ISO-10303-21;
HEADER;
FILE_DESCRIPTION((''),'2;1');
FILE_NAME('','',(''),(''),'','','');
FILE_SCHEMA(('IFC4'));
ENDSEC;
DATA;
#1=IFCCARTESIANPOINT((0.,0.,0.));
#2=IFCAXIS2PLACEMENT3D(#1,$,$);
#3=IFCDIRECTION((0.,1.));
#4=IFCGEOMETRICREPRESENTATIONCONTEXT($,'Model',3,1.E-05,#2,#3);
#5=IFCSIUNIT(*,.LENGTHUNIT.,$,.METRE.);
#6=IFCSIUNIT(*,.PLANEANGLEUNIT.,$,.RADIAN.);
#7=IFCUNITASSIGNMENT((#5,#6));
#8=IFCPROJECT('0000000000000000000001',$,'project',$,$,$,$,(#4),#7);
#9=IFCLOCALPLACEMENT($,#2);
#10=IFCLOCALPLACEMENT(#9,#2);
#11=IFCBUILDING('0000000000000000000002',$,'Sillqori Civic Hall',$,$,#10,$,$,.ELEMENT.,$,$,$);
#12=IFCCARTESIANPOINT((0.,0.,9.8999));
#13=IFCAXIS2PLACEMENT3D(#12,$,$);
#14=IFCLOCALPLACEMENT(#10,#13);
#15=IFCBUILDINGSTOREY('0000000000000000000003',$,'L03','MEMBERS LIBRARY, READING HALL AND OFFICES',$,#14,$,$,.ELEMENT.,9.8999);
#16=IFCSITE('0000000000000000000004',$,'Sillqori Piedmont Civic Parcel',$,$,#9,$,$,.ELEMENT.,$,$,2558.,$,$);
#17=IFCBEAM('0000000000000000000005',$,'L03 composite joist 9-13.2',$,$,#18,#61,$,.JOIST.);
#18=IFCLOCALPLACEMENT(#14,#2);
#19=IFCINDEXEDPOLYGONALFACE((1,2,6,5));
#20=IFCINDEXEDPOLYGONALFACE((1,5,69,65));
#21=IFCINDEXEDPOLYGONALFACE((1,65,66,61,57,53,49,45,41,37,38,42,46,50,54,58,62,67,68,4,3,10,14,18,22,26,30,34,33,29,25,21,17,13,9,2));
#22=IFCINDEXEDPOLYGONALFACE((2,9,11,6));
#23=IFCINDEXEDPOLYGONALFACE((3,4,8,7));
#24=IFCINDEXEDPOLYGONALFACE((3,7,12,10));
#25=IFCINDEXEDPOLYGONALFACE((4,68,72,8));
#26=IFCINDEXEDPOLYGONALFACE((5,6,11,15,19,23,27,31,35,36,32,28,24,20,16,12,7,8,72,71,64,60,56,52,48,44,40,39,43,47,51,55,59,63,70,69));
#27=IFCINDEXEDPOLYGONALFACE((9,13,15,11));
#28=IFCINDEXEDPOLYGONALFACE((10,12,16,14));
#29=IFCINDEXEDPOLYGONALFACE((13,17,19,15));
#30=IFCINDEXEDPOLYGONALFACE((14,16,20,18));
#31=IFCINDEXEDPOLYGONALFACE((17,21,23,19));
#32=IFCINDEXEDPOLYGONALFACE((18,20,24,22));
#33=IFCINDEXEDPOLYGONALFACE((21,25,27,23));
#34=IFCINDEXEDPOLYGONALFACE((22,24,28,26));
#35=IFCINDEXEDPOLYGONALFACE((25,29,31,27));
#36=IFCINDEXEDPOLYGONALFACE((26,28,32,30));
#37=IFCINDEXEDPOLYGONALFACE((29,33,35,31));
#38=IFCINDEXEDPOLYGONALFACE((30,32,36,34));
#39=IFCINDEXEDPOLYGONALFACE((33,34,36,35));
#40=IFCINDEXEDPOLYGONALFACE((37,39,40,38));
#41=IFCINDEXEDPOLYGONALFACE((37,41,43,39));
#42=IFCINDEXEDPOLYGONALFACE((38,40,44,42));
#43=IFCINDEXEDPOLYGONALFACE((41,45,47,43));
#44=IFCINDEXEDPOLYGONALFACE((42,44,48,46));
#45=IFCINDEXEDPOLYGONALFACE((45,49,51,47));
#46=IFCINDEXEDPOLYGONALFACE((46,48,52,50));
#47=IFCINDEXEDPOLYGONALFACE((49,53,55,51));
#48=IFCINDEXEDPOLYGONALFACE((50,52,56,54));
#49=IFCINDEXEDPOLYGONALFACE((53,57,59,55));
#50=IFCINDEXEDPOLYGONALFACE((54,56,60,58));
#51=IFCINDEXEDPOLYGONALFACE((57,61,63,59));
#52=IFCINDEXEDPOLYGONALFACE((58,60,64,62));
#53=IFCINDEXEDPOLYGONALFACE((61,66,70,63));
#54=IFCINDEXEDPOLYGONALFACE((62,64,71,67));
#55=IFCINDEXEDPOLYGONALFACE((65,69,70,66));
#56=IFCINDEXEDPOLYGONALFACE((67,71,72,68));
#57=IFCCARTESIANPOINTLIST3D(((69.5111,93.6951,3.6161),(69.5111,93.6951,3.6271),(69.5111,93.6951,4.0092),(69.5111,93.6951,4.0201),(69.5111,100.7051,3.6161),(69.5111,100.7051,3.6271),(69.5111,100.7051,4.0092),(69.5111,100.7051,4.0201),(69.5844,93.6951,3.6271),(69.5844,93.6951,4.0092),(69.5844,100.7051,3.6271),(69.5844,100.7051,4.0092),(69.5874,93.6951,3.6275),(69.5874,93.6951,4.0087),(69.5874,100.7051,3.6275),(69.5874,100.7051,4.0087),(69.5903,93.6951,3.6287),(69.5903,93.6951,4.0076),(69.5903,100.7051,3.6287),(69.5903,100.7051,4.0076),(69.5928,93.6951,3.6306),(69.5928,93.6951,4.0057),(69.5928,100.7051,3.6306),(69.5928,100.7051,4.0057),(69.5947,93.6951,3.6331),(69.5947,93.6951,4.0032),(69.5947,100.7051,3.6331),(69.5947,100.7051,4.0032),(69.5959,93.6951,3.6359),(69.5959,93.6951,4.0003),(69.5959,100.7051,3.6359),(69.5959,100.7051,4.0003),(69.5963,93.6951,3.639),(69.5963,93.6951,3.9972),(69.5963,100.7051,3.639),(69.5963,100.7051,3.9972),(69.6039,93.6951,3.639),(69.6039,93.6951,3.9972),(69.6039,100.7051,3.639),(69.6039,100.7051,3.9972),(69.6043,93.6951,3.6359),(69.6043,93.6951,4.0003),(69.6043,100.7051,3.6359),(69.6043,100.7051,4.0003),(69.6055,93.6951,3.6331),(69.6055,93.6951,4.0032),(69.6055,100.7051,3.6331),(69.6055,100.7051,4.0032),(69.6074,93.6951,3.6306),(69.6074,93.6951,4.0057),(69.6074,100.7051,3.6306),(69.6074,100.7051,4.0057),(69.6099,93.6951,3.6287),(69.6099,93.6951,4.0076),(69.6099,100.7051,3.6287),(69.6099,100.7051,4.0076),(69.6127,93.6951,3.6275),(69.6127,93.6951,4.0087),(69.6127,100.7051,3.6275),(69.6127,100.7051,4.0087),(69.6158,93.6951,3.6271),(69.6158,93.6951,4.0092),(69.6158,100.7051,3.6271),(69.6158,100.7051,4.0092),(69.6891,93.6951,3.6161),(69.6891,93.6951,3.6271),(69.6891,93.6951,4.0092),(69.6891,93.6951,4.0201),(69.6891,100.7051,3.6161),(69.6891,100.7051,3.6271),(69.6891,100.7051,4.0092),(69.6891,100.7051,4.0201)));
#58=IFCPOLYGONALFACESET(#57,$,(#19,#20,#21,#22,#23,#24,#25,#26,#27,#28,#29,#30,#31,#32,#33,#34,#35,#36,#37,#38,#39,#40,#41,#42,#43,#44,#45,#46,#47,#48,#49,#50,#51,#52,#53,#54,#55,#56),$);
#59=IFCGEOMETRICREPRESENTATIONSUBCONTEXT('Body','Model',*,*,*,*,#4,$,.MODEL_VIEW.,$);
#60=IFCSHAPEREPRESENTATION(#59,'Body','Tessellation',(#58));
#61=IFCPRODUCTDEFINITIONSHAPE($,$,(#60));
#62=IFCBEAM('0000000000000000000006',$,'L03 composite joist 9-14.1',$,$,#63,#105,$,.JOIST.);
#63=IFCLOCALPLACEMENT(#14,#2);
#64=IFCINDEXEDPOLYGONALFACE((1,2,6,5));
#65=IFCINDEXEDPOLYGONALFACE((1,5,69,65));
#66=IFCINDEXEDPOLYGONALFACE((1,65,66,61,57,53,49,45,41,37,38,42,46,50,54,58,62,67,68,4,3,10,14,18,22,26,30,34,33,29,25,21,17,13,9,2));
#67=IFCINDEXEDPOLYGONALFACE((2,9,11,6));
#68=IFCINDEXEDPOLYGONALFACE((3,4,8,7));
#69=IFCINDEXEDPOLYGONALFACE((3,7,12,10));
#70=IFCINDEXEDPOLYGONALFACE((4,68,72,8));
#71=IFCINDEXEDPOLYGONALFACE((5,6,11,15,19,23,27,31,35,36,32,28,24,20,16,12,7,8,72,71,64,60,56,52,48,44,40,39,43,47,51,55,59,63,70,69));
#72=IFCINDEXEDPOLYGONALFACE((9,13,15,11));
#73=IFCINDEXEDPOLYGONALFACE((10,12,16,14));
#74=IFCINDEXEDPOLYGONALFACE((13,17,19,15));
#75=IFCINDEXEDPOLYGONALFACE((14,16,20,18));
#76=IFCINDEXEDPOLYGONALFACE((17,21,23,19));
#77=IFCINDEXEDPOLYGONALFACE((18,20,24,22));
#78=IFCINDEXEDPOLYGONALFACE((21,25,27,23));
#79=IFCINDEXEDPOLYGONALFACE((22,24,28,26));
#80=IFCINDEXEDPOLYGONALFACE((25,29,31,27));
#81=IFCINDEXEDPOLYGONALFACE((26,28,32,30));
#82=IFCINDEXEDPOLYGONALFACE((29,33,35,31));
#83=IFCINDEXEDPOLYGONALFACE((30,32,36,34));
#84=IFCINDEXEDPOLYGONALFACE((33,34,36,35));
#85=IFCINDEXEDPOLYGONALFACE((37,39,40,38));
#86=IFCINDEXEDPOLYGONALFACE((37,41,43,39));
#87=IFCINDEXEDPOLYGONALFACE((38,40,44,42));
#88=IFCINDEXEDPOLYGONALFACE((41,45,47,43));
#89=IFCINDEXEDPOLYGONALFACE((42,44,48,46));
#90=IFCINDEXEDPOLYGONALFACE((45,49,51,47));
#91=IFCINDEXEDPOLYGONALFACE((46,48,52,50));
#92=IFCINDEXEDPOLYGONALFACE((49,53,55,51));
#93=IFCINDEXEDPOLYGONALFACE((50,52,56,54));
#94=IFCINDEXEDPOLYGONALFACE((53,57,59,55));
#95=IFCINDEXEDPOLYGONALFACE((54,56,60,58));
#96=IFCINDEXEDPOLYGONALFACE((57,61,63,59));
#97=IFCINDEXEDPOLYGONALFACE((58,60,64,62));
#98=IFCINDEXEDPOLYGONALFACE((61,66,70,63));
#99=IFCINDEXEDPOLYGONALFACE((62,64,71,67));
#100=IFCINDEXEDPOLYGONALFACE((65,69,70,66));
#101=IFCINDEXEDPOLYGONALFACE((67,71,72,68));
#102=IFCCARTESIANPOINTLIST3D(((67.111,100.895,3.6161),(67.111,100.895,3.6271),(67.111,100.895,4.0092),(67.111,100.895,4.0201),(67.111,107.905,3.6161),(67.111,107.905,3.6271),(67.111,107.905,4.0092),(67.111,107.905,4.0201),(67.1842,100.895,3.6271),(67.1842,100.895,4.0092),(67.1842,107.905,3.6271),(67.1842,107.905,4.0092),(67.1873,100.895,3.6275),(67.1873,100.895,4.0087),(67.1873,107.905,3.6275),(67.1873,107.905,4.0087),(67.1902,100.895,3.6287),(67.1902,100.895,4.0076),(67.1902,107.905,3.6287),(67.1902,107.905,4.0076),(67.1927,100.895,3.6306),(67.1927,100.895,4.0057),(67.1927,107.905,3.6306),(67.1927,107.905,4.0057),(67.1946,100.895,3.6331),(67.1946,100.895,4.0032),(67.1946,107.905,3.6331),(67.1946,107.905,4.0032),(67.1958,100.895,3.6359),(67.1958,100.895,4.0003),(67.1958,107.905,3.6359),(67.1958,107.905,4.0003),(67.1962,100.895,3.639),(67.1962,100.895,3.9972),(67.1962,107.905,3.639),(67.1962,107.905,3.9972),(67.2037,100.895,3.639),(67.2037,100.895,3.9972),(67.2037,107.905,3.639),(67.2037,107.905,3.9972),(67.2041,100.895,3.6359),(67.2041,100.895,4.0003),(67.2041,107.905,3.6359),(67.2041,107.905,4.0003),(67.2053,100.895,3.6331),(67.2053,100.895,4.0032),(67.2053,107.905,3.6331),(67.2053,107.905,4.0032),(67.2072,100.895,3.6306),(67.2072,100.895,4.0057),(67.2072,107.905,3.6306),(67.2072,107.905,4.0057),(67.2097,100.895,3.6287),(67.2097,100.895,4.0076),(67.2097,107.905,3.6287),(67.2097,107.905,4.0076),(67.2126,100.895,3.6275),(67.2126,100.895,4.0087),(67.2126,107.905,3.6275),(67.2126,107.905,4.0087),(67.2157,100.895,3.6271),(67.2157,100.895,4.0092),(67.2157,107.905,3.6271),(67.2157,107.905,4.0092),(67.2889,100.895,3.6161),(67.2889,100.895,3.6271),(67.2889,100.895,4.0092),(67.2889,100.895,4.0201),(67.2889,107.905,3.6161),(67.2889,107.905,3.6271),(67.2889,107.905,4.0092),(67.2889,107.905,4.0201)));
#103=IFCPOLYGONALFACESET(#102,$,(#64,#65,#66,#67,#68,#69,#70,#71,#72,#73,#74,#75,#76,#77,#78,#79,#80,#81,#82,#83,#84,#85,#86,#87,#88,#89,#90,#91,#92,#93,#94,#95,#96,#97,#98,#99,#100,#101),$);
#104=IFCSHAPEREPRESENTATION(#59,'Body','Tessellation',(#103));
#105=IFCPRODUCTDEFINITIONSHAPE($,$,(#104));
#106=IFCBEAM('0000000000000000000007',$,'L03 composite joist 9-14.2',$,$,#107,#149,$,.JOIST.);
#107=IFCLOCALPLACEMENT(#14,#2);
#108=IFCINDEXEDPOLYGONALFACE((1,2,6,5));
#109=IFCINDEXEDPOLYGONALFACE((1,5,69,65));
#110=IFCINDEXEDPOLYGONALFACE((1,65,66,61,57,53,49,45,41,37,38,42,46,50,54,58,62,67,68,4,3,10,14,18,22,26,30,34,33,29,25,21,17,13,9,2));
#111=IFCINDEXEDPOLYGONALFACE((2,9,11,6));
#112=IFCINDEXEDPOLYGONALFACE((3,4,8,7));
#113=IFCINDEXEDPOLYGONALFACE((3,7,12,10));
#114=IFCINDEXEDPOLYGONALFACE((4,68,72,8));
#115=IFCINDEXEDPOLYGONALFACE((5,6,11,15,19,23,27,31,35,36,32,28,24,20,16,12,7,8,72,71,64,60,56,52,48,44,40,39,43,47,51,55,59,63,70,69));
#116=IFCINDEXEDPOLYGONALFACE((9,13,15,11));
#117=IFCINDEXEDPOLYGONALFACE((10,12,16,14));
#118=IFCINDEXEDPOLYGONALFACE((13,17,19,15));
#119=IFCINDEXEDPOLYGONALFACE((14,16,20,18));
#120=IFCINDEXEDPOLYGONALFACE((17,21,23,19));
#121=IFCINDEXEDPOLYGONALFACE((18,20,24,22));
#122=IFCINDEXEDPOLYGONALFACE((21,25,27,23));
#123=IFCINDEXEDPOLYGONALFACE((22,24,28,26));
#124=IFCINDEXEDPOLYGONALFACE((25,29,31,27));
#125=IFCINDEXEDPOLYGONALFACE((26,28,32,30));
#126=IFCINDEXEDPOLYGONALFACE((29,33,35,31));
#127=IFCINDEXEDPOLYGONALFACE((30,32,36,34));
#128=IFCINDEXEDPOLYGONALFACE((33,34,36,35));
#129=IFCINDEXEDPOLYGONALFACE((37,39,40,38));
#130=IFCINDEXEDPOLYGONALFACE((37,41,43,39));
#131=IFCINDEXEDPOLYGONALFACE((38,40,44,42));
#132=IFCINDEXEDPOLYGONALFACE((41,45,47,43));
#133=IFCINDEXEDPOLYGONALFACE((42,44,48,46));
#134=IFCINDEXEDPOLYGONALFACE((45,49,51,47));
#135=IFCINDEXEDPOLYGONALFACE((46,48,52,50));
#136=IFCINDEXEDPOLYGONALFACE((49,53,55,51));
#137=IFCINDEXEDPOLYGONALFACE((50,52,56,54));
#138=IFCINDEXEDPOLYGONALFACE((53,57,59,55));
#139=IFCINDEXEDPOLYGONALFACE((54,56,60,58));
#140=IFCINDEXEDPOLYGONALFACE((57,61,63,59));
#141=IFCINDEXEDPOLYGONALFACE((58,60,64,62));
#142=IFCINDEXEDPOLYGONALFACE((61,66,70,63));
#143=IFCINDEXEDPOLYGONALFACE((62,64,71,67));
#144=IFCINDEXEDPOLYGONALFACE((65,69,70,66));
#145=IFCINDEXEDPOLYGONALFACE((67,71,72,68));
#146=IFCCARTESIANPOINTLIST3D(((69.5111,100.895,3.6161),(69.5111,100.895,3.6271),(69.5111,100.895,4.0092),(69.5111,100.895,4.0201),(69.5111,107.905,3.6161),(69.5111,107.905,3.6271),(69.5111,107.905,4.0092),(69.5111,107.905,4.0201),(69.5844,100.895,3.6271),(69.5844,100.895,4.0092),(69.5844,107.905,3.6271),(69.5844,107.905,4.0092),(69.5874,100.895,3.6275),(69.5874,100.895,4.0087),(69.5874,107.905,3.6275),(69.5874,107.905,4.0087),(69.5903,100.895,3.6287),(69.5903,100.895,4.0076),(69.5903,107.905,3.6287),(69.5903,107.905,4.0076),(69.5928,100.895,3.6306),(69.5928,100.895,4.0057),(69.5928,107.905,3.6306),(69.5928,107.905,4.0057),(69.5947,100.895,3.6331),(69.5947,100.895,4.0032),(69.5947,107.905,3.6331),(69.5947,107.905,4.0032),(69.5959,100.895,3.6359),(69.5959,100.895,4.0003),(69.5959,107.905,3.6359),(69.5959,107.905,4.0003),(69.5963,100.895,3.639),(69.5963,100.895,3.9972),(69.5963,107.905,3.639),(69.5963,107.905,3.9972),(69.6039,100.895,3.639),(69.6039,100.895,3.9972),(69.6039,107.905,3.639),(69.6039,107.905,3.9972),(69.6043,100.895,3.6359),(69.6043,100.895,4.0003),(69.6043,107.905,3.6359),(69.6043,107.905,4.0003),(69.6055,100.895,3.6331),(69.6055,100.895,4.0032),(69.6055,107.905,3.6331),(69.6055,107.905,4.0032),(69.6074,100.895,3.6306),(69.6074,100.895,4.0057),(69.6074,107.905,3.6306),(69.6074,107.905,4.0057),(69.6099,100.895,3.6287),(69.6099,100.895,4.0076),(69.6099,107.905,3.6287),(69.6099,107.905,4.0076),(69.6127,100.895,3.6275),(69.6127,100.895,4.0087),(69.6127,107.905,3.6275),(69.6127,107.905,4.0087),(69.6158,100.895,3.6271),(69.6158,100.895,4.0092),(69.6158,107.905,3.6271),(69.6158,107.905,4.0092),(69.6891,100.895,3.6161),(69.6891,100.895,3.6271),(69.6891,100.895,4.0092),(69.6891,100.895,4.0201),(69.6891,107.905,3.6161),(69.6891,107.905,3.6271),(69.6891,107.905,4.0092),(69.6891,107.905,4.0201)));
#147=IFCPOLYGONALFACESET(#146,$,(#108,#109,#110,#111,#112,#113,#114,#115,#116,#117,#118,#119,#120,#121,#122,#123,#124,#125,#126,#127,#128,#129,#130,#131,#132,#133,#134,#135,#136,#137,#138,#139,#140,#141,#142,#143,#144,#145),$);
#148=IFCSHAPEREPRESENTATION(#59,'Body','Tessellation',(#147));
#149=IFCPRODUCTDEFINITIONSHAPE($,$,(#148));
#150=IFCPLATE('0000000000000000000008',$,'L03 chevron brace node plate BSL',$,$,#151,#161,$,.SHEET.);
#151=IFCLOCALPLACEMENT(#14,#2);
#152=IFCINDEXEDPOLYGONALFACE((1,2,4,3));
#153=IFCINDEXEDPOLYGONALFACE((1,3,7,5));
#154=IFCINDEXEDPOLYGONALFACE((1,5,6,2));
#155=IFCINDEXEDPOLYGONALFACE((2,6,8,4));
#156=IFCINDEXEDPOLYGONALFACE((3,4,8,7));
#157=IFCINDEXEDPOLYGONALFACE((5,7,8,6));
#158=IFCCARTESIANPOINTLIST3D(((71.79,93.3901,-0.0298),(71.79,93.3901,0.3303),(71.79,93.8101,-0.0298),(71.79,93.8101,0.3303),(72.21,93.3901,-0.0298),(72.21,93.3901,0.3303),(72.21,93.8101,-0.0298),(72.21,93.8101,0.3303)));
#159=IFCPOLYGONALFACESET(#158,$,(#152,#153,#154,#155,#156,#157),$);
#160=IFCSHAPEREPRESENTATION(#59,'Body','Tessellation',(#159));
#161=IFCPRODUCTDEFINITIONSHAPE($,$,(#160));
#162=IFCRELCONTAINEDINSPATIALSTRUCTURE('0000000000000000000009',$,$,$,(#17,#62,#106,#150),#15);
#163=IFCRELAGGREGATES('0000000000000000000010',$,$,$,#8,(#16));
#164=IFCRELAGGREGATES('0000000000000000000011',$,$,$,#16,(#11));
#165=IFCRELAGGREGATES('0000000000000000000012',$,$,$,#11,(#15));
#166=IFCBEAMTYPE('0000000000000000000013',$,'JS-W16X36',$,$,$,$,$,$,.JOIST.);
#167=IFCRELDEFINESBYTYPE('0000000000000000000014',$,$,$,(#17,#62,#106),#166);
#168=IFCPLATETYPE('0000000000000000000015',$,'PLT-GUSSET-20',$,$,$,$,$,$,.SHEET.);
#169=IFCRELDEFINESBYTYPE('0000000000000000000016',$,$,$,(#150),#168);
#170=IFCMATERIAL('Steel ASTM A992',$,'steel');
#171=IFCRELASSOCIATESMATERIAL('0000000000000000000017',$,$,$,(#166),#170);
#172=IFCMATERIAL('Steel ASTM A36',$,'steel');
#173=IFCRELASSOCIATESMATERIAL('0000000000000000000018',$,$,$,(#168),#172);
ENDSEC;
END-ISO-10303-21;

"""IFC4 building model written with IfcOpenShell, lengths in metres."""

from ifc_helpers import new_model, si_unit, direction, frame, origin, origin_2d, place, context, subcontext, project, spatial, rectangle, i_section, extrude, material, material_profile, profile_set, type_object, element, save


model = new_model("IFC4")

# Units and contexts
model_context = context("Model", 3, precision=1e-05, world=origin(), true_north=direction((0.0, 1.0)))
body_context = subcontext(model_context, "Body", "Model", "MODEL_VIEW")
ifc_project = project(units=[si_unit("LENGTHUNIT", "METRE"), si_unit("PLANEANGLEUNIT", "RADIAN")], contexts=[model_context])

# Site, building, storey
site_placement = place(None, origin())
site = spatial("IfcSite", under=ifc_project, at=site_placement, Name="Sillqori Piedmont Civic Parcel", CompositionType="ELEMENT", RefElevation=2558.0)
building_placement = place(site_placement, origin())
building = spatial("IfcBuilding", under=site, at=building_placement, Name="Sillqori Civic Hall", CompositionType="ELEMENT")
storey_placement = place(building_placement, frame((0.0, 0.0, 9.8999)))
storey = spatial("IfcBuildingStorey", under=building, at=storey_placement, Name="L03", Description="MEMBERS LIBRARY, READING HALL AND OFFICES", CompositionType="ELEMENT", Elevation=9.8999)

# Shared definitions
ifc_material_1 = material(Name="Steel ASTM A992", Category="steel")

# Beams
ifc_material_profile_1 = material_profile(ifc_material_1, i_section(OverallWidth=0.178, OverallDepth=0.4041, WebThickness=0.0076, FlangeThickness=0.011, FilletRadius=0.012, at=origin_2d()), Name="W16X36")
ifc_profile_set_1 = profile_set([ifc_material_profile_1], Name="Steel ASTM A992")
beam_type_1 = type_object("IfcBeamType", Name="JS-W16X36", PredefinedType="JOIST", material=ifc_profile_set_1)
for number, where, z_axis, x_axis, name in (
    (1, (69.6001, 93.6951, 3.8181), (0.0, 1.0, 0.0), (-1.0, 0.0, 0.0), "L03 composite joist 9-13.2"),
    (2, (67.2, 100.895, 3.8181), (0.0, 1.0, 0.0), (-1.0, 0.0, 0.0), "L03 composite joist 9-14.1"),
    (3, (69.6001, 100.895, 3.8181), (0.0, 1.0, 0.0), (-1.0, 0.0, 0.0), "L03 composite joist 9-14.2"),
):
    element("IfcBeam", number, at=place(storey_placement, frame(where, z_axis=z_axis, x_axis=x_axis)), inside=storey, type_object=beam_type_1, Name=name, PredefinedType="JOIST", context=body_context, shape_type="SweptSolid", body=[
        extrude(i_section(OverallWidth=0.178, OverallDepth=0.4041, WebThickness=0.0076, FlangeThickness=0.011, FilletRadius=0.012, at=origin_2d()), origin(), (0.0, 0.0, 1.0), 7.01),
    ])

# Plate
ifc_material_2 = material(Name="Steel ASTM A36", Category="steel")
plate_type_1 = type_object("IfcPlateType", Name="PLT-GUSSET-20", PredefinedType="SHEET", material=ifc_material_2)
plate_1_placement = place(storey_placement, frame((72.0, 93.6001, -0.0298), z_axis=(0.0, 0.0, 1.0), x_axis=(1.0, 0.0, 0.0)))
element("IfcPlate", 4, at=plate_1_placement, inside=storey, type_object=plate_type_1, Name="L03 chevron brace node plate BSL", PredefinedType="SHEET", context=body_context, shape_type="SweptSolid", body=[
    extrude(rectangle(XDim=0.4199, YDim=0.4199, at=origin_2d()), origin(), (0.0, 0.0, 1.0), 0.3601),
])

save(model, "model.ifc")
